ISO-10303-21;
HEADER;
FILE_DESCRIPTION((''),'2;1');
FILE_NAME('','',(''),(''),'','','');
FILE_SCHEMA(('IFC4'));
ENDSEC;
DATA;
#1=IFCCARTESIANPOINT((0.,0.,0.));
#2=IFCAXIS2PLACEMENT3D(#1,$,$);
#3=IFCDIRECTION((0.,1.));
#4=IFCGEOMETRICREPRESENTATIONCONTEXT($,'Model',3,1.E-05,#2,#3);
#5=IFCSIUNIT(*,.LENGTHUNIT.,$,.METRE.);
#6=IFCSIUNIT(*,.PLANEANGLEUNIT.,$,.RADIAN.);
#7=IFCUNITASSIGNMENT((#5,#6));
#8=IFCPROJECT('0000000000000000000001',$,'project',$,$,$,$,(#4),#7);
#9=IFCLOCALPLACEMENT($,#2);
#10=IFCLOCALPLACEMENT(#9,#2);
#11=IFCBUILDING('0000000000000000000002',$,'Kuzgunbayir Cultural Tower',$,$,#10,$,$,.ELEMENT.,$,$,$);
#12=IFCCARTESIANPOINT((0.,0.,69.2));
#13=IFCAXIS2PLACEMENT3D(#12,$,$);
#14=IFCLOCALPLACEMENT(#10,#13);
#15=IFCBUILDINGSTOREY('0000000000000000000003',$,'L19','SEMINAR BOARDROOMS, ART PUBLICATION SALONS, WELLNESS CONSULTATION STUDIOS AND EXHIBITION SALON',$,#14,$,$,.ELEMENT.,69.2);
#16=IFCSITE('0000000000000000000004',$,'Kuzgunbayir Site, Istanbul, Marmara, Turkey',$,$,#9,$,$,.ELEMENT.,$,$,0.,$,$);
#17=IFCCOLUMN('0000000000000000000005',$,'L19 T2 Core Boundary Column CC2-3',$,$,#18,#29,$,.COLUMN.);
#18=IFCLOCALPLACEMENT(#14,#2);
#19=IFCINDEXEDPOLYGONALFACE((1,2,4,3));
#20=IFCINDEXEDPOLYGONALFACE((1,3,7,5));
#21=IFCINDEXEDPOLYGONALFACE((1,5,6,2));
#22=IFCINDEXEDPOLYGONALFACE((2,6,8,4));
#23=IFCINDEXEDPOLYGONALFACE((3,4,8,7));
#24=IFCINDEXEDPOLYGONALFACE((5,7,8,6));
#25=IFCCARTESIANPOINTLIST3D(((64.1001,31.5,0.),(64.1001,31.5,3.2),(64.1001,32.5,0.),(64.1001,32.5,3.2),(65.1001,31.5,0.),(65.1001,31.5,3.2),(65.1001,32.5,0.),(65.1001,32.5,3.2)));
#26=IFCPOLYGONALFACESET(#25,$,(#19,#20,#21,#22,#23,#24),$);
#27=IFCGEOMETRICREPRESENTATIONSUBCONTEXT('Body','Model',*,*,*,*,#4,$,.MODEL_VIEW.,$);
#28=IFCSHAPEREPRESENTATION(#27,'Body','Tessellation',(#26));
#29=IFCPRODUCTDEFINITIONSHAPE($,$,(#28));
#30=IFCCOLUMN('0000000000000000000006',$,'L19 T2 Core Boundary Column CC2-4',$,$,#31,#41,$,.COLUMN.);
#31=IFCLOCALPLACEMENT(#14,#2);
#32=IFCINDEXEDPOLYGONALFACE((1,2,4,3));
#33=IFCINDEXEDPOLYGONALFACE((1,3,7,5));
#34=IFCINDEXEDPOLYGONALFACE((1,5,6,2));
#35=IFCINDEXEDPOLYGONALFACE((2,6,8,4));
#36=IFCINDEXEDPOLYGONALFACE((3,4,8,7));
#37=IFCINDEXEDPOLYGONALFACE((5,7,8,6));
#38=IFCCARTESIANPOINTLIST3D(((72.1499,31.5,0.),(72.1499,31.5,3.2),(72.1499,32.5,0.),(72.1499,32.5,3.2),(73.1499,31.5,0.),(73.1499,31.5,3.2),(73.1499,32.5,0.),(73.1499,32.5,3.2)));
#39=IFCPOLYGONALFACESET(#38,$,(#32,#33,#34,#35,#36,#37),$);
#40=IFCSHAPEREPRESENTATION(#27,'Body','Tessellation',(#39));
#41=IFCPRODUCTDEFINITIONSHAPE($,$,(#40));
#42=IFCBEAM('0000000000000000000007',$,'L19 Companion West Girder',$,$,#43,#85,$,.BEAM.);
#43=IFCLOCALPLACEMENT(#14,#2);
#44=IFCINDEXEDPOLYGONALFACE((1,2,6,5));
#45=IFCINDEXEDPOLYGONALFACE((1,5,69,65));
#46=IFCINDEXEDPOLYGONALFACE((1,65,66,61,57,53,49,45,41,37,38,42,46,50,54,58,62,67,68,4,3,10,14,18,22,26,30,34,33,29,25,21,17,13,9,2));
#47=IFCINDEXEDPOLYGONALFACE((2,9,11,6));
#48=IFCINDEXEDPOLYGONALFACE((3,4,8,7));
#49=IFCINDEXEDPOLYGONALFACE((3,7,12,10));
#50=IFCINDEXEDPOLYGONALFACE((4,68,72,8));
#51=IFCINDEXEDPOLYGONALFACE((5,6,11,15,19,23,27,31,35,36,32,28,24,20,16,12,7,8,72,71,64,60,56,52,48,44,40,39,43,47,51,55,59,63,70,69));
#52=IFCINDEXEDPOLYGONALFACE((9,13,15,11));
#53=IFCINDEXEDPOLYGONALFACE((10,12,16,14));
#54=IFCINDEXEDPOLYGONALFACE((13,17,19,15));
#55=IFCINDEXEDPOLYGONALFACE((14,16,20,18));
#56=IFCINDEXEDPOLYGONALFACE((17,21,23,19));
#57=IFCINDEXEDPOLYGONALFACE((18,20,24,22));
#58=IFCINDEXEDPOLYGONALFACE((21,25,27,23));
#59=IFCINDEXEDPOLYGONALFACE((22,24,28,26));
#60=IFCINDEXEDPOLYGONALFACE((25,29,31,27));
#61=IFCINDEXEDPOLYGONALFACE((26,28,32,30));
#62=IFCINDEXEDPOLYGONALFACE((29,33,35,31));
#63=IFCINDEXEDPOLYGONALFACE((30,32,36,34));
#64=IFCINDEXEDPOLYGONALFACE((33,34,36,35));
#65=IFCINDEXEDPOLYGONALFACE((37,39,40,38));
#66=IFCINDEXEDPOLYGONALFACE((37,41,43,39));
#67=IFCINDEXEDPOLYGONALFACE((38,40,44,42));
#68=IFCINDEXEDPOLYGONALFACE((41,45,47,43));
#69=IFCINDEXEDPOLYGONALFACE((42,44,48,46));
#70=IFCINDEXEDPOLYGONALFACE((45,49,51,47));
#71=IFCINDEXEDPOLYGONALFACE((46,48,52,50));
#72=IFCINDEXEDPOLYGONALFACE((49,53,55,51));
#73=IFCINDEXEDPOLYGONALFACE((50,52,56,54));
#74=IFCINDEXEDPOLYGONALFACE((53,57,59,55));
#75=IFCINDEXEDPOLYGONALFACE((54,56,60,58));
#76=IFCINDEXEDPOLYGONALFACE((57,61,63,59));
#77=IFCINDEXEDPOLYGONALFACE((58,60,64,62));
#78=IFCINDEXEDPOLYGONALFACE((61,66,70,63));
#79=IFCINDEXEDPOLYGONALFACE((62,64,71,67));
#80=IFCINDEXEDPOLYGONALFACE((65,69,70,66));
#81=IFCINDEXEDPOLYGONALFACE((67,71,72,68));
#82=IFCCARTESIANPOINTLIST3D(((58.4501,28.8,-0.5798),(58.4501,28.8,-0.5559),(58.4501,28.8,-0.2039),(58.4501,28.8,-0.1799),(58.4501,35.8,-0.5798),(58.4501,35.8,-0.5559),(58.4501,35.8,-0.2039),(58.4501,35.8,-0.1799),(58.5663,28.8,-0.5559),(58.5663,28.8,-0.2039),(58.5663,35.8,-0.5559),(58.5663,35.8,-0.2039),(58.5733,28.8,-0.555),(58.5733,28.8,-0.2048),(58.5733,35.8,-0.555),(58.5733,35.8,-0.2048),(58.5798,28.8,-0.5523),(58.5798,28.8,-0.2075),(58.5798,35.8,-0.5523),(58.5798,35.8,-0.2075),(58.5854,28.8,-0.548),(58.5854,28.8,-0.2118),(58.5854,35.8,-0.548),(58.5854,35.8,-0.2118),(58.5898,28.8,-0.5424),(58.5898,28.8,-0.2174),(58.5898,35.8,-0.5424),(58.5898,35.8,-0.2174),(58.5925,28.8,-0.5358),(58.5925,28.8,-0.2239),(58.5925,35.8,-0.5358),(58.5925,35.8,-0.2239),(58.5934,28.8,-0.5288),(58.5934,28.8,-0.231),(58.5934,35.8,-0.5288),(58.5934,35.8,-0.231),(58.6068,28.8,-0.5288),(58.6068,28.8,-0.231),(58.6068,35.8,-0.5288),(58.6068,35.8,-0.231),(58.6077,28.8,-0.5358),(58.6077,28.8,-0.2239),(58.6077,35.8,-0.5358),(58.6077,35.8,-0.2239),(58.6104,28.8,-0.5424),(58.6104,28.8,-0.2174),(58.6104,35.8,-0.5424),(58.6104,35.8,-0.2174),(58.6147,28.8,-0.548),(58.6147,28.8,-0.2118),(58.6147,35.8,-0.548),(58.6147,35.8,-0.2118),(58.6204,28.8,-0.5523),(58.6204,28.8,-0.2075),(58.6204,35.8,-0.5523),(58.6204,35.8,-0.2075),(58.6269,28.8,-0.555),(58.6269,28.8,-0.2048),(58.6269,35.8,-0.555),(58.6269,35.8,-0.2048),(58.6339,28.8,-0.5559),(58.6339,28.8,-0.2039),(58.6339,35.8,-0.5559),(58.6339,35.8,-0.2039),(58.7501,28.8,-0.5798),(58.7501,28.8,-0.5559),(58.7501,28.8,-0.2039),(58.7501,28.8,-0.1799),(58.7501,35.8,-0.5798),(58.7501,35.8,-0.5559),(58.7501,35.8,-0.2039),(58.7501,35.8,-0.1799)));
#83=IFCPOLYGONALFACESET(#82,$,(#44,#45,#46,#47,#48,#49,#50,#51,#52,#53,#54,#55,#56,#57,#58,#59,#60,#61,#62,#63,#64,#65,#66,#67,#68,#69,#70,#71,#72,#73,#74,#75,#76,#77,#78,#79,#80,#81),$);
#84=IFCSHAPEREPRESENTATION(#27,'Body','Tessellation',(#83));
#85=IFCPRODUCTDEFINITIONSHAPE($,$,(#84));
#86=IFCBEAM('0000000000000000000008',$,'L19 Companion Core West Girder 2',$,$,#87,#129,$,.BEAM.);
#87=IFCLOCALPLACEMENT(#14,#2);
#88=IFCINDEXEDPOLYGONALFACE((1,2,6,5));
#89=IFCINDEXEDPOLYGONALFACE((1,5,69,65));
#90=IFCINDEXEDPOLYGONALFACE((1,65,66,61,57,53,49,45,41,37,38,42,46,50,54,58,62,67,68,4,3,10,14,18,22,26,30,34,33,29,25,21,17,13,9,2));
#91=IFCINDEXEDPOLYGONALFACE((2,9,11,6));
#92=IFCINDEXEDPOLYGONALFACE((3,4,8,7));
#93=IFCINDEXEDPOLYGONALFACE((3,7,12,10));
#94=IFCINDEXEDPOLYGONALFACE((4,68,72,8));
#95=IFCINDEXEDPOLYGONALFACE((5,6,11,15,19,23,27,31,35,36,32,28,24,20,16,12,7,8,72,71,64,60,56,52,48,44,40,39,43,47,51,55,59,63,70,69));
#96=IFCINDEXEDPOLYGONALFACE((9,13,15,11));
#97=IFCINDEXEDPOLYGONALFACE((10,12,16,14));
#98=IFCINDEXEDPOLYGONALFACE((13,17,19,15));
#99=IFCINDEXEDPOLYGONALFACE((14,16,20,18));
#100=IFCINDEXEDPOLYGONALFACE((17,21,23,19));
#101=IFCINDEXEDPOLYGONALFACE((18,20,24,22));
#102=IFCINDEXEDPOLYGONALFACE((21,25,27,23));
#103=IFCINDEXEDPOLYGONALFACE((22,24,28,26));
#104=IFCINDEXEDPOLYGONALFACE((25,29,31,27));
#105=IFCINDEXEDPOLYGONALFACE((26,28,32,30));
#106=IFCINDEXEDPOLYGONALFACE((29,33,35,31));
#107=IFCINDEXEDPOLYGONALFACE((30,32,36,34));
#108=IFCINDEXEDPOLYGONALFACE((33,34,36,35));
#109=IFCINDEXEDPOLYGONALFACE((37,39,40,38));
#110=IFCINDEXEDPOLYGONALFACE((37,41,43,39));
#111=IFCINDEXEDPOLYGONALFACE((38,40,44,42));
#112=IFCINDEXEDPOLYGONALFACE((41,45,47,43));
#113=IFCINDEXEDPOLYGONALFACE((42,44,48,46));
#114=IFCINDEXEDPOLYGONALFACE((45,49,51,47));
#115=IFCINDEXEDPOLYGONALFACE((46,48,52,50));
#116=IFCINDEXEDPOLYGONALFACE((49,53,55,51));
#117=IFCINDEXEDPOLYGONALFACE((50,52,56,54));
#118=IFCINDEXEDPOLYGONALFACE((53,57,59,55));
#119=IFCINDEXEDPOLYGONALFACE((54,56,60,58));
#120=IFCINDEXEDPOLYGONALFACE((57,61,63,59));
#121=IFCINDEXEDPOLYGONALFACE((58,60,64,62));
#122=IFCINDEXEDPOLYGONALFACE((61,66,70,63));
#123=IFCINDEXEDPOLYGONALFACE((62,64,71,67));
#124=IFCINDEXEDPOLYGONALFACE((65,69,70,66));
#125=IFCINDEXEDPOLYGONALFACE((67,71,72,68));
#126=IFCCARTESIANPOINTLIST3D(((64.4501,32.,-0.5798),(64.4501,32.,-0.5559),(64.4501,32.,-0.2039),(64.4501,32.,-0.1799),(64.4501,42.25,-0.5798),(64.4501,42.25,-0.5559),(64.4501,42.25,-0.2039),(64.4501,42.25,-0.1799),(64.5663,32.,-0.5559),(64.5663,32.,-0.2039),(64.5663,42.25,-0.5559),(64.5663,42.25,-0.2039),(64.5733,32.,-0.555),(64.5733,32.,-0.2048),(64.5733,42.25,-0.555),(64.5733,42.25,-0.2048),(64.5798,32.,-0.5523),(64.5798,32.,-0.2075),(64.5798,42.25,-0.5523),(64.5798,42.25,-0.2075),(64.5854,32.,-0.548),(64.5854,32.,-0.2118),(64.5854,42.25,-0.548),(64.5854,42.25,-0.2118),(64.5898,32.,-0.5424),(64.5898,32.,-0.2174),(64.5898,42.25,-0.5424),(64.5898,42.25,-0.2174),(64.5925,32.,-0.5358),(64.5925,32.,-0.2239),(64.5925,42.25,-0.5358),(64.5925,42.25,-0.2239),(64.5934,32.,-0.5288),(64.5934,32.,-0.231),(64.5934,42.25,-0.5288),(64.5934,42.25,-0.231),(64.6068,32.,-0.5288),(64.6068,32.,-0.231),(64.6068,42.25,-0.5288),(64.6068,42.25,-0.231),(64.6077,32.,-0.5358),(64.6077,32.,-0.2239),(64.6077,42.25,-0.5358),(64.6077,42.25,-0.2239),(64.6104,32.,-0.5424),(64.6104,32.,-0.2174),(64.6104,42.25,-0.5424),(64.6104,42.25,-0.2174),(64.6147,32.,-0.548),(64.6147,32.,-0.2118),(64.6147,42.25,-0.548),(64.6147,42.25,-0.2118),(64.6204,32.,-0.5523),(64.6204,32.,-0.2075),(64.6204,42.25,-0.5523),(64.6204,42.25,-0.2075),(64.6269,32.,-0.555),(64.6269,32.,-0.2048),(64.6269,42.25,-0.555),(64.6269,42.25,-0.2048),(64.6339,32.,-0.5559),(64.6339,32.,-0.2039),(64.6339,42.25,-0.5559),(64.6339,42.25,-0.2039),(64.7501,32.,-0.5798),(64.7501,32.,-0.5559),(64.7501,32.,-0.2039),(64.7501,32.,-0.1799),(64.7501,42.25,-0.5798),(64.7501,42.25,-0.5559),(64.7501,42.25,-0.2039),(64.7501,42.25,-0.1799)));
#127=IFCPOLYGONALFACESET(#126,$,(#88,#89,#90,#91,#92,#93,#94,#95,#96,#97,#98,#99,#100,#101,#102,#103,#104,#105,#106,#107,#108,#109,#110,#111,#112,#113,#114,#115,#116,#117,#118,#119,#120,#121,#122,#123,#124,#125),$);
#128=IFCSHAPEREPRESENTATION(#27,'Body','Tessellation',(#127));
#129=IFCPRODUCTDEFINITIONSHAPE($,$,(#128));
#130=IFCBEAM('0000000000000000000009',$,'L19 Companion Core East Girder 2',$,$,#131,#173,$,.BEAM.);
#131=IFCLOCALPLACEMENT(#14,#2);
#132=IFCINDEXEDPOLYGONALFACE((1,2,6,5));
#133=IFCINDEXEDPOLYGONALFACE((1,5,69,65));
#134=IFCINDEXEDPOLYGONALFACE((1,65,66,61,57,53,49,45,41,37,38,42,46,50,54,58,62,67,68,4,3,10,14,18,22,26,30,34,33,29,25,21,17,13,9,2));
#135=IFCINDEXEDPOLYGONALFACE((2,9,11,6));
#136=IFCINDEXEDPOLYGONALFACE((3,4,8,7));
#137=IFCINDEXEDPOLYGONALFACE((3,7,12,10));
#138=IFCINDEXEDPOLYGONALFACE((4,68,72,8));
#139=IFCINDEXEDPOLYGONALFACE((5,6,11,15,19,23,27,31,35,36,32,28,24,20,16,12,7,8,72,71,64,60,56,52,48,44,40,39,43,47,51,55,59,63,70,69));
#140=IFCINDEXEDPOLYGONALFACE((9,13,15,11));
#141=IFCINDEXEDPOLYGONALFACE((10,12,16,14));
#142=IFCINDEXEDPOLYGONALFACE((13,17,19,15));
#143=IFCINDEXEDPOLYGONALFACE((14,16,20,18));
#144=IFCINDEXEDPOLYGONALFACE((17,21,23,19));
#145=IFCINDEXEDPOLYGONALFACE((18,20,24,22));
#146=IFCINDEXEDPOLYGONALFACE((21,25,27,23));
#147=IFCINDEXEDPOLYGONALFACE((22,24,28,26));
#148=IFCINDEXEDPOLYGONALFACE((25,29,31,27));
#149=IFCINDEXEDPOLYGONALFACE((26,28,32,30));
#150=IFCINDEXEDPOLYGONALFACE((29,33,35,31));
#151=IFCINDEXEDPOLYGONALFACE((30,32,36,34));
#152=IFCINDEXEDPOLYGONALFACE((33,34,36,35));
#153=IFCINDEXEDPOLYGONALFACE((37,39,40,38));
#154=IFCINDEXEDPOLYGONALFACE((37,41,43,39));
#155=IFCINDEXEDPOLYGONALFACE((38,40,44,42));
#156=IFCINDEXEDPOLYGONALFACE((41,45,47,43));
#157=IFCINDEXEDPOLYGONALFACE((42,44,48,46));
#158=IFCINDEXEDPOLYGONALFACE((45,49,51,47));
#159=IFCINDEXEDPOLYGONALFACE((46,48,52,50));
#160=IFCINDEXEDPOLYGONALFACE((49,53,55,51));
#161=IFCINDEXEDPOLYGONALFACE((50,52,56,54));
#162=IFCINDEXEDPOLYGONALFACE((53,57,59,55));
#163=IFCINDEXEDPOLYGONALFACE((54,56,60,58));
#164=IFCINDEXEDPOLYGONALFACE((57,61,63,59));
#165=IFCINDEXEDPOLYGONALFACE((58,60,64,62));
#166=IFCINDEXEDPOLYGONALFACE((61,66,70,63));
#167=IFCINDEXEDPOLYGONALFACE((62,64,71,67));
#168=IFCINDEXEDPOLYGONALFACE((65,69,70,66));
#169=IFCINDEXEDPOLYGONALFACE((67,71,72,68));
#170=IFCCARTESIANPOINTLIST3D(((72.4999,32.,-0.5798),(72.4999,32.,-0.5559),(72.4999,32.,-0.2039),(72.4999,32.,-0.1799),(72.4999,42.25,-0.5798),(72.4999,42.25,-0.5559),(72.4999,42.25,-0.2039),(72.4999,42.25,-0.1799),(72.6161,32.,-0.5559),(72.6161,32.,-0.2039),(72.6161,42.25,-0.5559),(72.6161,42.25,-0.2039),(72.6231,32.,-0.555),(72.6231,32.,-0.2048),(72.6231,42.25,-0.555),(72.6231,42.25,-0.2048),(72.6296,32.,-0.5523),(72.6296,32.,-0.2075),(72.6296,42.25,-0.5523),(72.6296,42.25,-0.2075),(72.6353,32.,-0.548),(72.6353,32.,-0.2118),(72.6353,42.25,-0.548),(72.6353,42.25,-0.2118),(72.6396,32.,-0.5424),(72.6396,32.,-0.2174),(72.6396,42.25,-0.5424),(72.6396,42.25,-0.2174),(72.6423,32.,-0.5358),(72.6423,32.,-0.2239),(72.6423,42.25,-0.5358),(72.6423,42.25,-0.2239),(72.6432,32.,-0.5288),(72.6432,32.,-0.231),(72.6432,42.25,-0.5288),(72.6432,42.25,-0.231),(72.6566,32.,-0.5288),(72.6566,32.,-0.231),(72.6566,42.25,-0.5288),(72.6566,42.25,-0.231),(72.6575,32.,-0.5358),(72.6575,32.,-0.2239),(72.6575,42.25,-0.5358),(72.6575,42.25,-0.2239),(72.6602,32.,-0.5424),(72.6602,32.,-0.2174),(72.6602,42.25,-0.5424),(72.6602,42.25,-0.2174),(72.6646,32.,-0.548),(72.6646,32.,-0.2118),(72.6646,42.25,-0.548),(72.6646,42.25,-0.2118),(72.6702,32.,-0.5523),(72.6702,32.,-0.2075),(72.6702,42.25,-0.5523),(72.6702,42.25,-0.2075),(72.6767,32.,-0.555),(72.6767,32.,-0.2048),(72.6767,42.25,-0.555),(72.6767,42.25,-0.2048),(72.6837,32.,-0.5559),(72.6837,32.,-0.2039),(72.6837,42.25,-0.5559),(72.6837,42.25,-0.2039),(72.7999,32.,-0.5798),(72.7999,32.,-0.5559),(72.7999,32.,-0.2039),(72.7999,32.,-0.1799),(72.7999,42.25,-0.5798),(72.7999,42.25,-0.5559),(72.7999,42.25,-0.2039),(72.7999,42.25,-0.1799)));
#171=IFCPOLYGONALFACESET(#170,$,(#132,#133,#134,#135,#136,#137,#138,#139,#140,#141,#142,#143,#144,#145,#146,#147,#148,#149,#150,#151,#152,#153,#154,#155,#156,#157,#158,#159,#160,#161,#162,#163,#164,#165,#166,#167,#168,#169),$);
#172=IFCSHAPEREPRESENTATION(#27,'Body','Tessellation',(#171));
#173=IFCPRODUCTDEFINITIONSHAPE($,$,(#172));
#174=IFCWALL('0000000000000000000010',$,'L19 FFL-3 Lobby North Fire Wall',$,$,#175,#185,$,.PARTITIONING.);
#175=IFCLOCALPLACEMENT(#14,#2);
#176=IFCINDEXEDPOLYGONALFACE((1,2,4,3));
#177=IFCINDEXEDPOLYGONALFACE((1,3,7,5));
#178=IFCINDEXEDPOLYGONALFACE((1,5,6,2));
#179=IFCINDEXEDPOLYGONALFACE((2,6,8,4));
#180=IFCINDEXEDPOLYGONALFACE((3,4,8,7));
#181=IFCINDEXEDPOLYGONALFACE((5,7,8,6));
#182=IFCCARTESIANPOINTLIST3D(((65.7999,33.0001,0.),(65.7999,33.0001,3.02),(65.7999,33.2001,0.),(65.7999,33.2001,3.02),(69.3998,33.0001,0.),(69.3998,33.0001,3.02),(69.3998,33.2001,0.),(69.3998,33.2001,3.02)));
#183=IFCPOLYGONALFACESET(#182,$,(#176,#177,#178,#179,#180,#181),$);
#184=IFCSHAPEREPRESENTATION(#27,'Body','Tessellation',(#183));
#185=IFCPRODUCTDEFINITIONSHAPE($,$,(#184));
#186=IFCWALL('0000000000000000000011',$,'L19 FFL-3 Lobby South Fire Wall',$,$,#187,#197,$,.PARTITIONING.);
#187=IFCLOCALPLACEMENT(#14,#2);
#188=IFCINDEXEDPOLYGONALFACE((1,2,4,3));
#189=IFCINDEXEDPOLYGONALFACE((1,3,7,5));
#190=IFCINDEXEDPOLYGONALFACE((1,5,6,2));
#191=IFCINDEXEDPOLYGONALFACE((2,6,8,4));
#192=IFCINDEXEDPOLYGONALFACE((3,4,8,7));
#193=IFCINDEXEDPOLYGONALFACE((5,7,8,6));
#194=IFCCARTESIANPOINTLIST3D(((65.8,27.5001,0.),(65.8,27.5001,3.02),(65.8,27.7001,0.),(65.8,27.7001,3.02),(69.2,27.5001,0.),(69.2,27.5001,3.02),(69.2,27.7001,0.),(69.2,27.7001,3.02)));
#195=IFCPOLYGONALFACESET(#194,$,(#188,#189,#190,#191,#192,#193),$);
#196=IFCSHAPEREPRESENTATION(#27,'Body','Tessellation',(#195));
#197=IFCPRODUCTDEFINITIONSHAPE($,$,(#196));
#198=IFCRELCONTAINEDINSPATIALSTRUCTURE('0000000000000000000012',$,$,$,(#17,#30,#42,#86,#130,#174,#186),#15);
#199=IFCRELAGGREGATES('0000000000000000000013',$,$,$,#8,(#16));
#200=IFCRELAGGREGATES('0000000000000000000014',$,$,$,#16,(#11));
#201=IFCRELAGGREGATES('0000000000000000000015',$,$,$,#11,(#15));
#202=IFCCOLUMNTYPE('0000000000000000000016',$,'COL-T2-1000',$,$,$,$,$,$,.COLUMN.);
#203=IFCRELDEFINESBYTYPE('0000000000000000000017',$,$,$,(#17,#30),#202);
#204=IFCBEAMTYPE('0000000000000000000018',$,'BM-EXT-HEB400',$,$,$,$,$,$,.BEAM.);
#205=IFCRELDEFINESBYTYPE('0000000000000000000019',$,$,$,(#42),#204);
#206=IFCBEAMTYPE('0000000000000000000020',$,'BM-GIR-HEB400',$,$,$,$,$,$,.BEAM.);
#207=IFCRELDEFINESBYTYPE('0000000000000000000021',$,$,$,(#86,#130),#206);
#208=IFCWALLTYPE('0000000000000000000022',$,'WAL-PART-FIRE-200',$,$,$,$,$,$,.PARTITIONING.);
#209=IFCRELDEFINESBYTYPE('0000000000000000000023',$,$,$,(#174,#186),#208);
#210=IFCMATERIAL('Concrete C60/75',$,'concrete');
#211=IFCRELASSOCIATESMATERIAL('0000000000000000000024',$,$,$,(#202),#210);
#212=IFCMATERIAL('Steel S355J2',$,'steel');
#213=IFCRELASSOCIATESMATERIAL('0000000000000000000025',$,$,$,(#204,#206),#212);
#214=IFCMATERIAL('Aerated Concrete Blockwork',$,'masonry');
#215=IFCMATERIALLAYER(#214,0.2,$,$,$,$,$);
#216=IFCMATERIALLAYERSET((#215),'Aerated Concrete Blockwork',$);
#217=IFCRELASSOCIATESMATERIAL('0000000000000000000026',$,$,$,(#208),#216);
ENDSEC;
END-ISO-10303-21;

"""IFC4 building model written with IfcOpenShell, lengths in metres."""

from ifc_helpers import new_model, si_unit, direction, frame, frame_2d, origin, origin_2d, place, context, subcontext, project, spatial, rectangle, i_section, extrude, material, layer, layer_set, material_profile, profile_set, type_object, element, save


model = new_model("IFC4")

# Units and contexts
model_context = context("Model", 3, precision=1e-05, world=origin(), true_north=direction((0.0, 1.0)))
body_context = subcontext(model_context, "Body", "Model", "MODEL_VIEW")
ifc_project = project(units=[si_unit("LENGTHUNIT", "METRE"), si_unit("PLANEANGLEUNIT", "RADIAN")], contexts=[model_context])

# Site, building, storey
site_placement = place(None, origin())
site = spatial("IfcSite", under=ifc_project, at=site_placement, Name="Kuzgunbayir Site, Istanbul, Marmara, Turkey", CompositionType="ELEMENT", RefElevation=0.0)
building_placement = place(site_placement, origin())
building = spatial("IfcBuilding", under=site, at=building_placement, Name="Kuzgunbayir Cultural Tower", CompositionType="ELEMENT")
storey_placement = place(building_placement, frame((0.0, 0.0, 69.2)))
storey = spatial("IfcBuildingStorey", under=building, at=storey_placement, Name="L19", Description="SEMINAR BOARDROOMS, ART PUBLICATION SALONS, WELLNESS CONSULTATION STUDIOS AND EXHIBITION SALON", CompositionType="ELEMENT", Elevation=69.2)

# Columns
ifc_material_1 = material(Name="Concrete C60/75", Category="concrete")
ifc_material_profile_1 = material_profile(ifc_material_1, rectangle(XDim=1.0, YDim=1.0, at=origin_2d()), Name="RC 1000x1000")
ifc_profile_set_1 = profile_set([ifc_material_profile_1], Name="Concrete C60/75")
column_type = type_object("IfcColumnType", Name="COL-T2-1000", PredefinedType="COLUMN", material=ifc_profile_set_1)
for number, where, z_axis, x_axis, name in (
    (1, (64.6001, 32.0, 0.0), (0.0, 0.0, 1.0), (1.0, 0.0, 0.0), "L19 T2 Core Boundary Column CC2-3"),
    (2, (72.6499, 32.0, 0.0), (0.0, 0.0, 1.0), (1.0, 0.0, 0.0), "L19 T2 Core Boundary Column CC2-4"),
):
    element("IfcColumn", number, at=place(storey_placement, frame(where, z_axis=z_axis, x_axis=x_axis)), inside=storey, type_object=column_type, Name=name, PredefinedType="COLUMN", context=body_context, shape_type="SweptSolid", body=[
        extrude(rectangle(XDim=1.0, YDim=1.0, at=origin_2d()), origin(), (0.0, 0.0, 1.0), 3.2),
    ])

# Beams
ifc_material_2 = material(Name="Steel S355J2", Category="steel")
ifc_material_profile_2 = material_profile(ifc_material_2, i_section(OverallWidth=0.3, OverallDepth=0.3999, WebThickness=0.0134, FlangeThickness=0.0239, FilletRadius=0.0271, at=origin_2d()), Name="HEB 400")
ifc_profile_set_2 = profile_set([ifc_material_profile_2], Name="Steel S355J2")
beam_type_1 = type_object("IfcBeamType", Name="BM-EXT-HEB400", PredefinedType="BEAM", material=ifc_profile_set_2)
beam_placement = place(storey_placement, frame((58.6001, 28.8, -0.3799), z_axis=(0.0, 1.0, 0.0), x_axis=(-1.0, 0.0, 0.0)))
element("IfcBeam", 3, at=beam_placement, inside=storey, type_object=beam_type_1, Name="L19 Companion West Girder", PredefinedType="BEAM", context=body_context, shape_type="SweptSolid", body=[
    extrude(i_section(OverallWidth=0.3, OverallDepth=0.3999, WebThickness=0.0134, FlangeThickness=0.0239, FilletRadius=0.0271, at=origin_2d()), origin(), (0.0, 0.0, 1.0), 7.0),
])
ifc_material_profile_3 = material_profile(ifc_material_2, i_section(OverallWidth=0.3, OverallDepth=0.3999, WebThickness=0.0134, FlangeThickness=0.0239, FilletRadius=0.0271, at=origin_2d()), Name="HEB 400")
ifc_profile_set_3 = profile_set([ifc_material_profile_3], Name="Steel S355J2")
beam_type_2 = type_object("IfcBeamType", Name="BM-GIR-HEB400", PredefinedType="BEAM", material=ifc_profile_set_3)
for number, where, z_axis, x_axis, name in (
    (4, (64.6001, 32.0, -0.3799), (0.0, 1.0, 0.0), (-1.0, 0.0, 0.0), "L19 Companion Core West Girder 2"),
    (5, (72.6499, 32.0, -0.3799), (0.0, 1.0, 0.0), (-1.0, 0.0, 0.0), "L19 Companion Core East Girder 2"),
):
    element("IfcBeam", number, at=place(storey_placement, frame(where, z_axis=z_axis, x_axis=x_axis)), inside=storey, type_object=beam_type_2, Name=name, PredefinedType="BEAM", context=body_context, shape_type="SweptSolid", body=[
        extrude(i_section(OverallWidth=0.3, OverallDepth=0.3999, WebThickness=0.0134, FlangeThickness=0.0239, FilletRadius=0.0271, at=origin_2d()), origin(), (0.0, 0.0, 1.0), 10.25),
    ])

# Walls
ifc_material_3 = material(Name="Aerated Concrete Blockwork", Category="masonry")
ifc_layer_1 = layer(ifc_material_3, 0.2)
ifc_layer_set_1 = layer_set([ifc_layer_1], Name="Aerated Concrete Blockwork")
wall_type_1 = type_object("IfcWallType", Name="WAL-PART-FIRE-200", PredefinedType="PARTITIONING", material=ifc_layer_set_1)
wall_1_placement = place(storey_placement, frame((65.8, 33.1001, 0.0), z_axis=(0.0, 0.0, 1.0), x_axis=(1.0, 0.0, 0.0)))
element("IfcWall", 6, at=wall_1_placement, inside=storey, type_object=wall_type_1, Name="L19 FFL-3 Lobby North Fire Wall", PredefinedType="PARTITIONING", context=body_context, shape_type="SweptSolid", body=[
    extrude(rectangle(XDim=3.5999, YDim=0.2, at=frame_2d((1.7998, 0.0))), origin(), (0.0, 0.0, 1.0), 3.02),
])
wall_2_placement = place(storey_placement, frame((65.8, 27.6001, 0.0), z_axis=(0.0, 0.0, 1.0), x_axis=(1.0, 0.0, 0.0)))
element("IfcWall", 7, at=wall_2_placement, inside=storey, type_object=wall_type_1, Name="L19 FFL-3 Lobby South Fire Wall", PredefinedType="PARTITIONING", context=body_context, shape_type="SweptSolid", body=[
    extrude(rectangle(XDim=3.3999, YDim=0.2, at=frame_2d((1.7, 0.0))), origin(), (0.0, 0.0, 1.0), 3.02),
])

save(model, "model.ifc")
